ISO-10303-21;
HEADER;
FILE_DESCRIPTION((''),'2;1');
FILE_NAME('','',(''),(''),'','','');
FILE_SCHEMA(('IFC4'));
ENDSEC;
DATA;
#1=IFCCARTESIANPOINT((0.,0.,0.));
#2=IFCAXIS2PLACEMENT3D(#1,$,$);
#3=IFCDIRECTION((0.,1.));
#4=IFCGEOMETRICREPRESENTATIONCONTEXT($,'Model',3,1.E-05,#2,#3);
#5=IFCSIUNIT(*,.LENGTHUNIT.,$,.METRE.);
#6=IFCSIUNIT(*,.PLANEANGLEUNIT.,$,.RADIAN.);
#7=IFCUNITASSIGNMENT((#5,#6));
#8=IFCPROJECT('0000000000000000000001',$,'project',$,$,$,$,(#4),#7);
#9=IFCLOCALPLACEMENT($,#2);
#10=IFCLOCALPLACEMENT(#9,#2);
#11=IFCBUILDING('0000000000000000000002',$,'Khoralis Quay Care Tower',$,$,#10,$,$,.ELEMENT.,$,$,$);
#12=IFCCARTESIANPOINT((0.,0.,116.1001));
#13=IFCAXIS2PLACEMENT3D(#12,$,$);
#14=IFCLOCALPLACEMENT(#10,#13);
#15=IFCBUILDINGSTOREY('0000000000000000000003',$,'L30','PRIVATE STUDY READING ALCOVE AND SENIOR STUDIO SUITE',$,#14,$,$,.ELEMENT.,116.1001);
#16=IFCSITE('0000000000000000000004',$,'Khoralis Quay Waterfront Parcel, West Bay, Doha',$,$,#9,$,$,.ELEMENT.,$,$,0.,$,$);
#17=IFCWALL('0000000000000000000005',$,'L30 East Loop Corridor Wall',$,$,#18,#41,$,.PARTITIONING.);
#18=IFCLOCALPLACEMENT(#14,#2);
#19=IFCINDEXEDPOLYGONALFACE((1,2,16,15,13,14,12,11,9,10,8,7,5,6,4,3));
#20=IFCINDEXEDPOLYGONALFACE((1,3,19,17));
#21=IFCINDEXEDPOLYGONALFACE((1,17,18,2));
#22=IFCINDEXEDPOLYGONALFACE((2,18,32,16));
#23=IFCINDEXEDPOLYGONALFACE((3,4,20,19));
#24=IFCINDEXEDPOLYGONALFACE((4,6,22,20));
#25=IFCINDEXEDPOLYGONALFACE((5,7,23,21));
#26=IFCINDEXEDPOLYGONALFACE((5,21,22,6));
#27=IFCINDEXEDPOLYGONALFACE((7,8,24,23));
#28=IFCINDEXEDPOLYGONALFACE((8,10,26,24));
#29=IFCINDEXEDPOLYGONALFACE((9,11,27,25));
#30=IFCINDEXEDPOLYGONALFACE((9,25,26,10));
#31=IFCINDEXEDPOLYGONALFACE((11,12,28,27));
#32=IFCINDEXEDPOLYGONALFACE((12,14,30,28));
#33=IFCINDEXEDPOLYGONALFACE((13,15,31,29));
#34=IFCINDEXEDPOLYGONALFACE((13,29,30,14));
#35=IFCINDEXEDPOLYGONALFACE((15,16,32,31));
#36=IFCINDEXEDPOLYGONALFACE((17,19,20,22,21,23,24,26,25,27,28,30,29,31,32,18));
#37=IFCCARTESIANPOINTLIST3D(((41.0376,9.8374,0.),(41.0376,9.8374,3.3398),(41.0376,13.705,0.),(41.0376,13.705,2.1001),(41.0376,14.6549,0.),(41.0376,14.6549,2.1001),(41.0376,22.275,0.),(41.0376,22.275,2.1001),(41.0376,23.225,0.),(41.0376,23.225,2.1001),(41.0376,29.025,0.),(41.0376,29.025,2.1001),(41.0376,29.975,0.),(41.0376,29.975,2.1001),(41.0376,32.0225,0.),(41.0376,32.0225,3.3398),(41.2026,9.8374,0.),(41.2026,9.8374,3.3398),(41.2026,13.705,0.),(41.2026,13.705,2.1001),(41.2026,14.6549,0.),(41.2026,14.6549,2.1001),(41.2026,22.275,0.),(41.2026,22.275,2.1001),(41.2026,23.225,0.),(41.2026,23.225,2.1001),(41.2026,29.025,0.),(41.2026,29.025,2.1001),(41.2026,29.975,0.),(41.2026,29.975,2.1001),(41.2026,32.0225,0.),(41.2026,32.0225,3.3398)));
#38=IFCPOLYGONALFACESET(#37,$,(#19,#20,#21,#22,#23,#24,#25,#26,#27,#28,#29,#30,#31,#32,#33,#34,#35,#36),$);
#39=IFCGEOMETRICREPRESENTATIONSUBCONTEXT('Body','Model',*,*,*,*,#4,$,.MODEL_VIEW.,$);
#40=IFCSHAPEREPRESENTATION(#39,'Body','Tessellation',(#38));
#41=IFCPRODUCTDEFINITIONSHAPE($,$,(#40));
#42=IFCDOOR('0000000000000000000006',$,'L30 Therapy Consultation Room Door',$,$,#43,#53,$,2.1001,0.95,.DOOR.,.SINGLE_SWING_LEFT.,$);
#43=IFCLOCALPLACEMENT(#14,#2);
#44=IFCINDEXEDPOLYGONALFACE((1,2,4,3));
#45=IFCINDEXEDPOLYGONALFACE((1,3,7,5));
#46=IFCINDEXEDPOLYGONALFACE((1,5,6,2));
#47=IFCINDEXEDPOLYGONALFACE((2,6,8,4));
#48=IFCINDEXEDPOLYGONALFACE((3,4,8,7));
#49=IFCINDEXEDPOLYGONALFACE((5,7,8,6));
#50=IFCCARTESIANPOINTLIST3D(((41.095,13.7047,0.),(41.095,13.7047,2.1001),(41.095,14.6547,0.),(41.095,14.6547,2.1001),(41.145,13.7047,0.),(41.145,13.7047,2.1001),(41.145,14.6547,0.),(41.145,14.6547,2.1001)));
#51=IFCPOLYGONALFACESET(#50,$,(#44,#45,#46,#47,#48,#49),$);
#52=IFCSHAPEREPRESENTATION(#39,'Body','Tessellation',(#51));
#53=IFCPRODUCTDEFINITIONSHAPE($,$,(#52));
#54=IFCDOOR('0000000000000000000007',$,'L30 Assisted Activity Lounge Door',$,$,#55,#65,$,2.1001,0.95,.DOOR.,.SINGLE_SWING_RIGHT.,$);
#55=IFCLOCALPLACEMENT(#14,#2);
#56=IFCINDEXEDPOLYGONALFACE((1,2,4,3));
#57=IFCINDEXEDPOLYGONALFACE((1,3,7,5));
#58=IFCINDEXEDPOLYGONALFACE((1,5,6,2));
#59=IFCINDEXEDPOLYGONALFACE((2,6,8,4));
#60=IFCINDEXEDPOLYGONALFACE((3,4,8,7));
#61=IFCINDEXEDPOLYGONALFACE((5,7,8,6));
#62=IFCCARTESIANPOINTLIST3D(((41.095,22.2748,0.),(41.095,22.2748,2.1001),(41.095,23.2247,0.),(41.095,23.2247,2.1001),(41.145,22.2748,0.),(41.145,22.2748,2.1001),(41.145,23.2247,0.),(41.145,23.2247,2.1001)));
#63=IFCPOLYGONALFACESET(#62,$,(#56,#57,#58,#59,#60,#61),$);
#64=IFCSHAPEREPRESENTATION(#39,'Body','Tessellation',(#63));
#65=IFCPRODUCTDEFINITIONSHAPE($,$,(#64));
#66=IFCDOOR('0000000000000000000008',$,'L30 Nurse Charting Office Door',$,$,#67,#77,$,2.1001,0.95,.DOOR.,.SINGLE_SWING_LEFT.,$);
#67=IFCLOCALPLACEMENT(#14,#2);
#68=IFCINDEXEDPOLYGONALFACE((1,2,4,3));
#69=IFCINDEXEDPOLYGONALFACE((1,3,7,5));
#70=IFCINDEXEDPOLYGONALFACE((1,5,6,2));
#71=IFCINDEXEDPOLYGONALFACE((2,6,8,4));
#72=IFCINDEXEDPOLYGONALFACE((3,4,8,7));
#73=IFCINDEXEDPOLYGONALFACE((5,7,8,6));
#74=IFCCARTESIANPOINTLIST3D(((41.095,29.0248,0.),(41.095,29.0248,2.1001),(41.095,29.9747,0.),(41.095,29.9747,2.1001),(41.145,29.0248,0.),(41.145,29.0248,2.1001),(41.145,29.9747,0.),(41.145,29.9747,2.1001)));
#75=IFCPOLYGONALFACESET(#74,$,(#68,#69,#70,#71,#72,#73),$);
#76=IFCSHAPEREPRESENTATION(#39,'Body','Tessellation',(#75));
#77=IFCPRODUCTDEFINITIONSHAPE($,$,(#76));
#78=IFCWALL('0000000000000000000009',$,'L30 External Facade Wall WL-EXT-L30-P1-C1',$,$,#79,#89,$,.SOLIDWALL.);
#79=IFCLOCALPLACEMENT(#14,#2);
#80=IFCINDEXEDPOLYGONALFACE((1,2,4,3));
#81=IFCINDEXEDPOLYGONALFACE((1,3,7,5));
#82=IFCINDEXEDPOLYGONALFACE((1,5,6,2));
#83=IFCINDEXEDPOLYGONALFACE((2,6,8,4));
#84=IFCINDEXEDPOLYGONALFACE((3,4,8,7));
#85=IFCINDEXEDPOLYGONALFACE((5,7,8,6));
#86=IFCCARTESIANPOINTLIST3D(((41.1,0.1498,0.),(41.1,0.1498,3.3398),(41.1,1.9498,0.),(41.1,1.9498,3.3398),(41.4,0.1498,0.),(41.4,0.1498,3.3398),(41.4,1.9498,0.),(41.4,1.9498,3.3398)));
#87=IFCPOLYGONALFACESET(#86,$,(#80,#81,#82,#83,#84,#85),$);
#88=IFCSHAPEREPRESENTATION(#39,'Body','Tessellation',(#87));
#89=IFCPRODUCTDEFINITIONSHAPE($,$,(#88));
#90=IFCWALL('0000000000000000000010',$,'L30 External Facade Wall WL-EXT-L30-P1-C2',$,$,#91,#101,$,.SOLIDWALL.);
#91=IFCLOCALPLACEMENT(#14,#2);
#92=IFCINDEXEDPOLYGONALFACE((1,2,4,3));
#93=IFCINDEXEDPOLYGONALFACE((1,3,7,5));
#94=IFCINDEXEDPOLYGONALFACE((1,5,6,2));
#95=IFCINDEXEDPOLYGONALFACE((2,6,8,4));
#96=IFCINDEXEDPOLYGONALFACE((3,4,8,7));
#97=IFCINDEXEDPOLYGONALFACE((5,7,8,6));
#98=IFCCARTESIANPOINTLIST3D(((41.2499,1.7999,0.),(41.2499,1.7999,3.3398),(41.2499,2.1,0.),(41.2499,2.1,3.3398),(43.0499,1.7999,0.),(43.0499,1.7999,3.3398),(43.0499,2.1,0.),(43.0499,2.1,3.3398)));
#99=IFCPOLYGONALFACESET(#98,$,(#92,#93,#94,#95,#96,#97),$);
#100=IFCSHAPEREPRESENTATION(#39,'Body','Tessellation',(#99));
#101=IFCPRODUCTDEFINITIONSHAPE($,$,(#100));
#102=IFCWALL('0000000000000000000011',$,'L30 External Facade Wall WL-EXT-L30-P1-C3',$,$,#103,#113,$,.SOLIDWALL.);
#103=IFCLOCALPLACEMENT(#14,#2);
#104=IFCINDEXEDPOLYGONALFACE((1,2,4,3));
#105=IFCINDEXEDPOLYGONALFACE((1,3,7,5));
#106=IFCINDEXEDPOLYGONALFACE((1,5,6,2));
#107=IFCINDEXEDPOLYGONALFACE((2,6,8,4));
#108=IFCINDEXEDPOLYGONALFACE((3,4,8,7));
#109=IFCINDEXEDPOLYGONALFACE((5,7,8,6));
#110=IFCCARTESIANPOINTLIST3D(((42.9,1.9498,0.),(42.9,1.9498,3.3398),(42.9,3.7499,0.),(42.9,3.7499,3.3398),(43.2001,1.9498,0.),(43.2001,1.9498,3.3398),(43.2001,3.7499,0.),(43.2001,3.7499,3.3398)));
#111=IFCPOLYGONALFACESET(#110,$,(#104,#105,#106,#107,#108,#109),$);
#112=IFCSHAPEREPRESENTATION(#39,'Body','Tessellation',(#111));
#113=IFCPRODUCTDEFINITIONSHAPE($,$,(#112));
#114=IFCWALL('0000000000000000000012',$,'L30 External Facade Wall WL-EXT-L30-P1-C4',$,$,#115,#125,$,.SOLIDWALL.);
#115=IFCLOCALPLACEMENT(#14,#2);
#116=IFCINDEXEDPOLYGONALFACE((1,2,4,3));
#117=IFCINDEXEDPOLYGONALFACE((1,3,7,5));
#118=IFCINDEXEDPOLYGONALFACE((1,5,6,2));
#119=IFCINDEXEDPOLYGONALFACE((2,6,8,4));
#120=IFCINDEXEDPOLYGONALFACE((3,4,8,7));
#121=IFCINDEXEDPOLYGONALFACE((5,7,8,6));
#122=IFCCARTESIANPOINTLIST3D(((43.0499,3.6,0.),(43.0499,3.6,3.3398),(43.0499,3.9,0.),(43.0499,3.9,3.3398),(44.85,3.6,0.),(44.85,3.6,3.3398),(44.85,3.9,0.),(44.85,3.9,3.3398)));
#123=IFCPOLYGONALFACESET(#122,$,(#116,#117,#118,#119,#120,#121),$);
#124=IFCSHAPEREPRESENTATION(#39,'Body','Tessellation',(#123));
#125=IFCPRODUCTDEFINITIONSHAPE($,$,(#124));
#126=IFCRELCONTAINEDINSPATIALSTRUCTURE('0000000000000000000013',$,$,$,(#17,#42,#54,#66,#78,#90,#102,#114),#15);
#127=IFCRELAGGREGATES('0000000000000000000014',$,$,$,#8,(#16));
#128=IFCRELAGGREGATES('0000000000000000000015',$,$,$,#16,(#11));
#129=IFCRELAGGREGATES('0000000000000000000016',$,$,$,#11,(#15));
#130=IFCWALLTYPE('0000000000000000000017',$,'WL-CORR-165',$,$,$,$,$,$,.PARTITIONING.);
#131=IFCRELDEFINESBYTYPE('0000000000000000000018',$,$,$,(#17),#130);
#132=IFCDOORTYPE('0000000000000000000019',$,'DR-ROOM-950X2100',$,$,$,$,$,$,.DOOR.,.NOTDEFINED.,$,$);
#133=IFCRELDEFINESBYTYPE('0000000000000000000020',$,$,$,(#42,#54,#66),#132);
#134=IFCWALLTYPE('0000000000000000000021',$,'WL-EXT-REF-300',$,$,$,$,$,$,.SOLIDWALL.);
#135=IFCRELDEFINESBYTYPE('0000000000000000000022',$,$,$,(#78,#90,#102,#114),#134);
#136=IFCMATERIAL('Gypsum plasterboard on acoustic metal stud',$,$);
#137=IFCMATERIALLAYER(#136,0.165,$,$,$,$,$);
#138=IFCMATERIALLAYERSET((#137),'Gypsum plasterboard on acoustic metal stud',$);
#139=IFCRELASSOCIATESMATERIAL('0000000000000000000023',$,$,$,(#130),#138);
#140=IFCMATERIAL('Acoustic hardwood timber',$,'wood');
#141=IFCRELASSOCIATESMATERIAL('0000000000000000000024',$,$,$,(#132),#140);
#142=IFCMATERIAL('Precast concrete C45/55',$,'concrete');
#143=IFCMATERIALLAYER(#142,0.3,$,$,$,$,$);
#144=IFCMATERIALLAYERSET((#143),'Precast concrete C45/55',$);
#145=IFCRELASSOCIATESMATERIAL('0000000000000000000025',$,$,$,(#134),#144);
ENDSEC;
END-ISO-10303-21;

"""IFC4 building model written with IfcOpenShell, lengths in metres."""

from ifc_helpers import new_model, si_unit, direction, frame, frame_2d, origin, place, context, subcontext, project, spatial, rectangle, extrude, source, transform, mapped, material, layer, layer_set, type_object, element, fill, save


model = new_model("IFC4")

# Units and contexts
model_context = context("Model", 3, precision=1e-05, world=origin(), true_north=direction((0.0, 1.0)))
body_context = subcontext(model_context, "Body", "Model", "MODEL_VIEW")
ifc_project = project(units=[si_unit("LENGTHUNIT", "METRE"), si_unit("PLANEANGLEUNIT", "RADIAN")], contexts=[model_context])

# Site, building, storey
site_placement = place(None, origin())
site = spatial("IfcSite", under=ifc_project, at=site_placement, Name="Khoralis Quay Waterfront Parcel, West Bay, Doha", CompositionType="ELEMENT", RefElevation=0.0)
building_placement = place(site_placement, origin())
building = spatial("IfcBuilding", under=site, at=building_placement, Name="Khoralis Quay Care Tower", CompositionType="ELEMENT")
storey_placement = place(building_placement, frame((0.0, 0.0, 116.1001)))
storey = spatial("IfcBuildingStorey", under=building, at=storey_placement, Name="L30", Description="PRIVATE STUDY READING ALCOVE AND SENIOR STUDIO SUITE", CompositionType="ELEMENT", Elevation=116.1001)

# Shared definitions
ifc_material_1 = material(Name="Gypsum plasterboard on acoustic metal stud")

# Wall, openings, doors
ifc_layer_1 = layer(ifc_material_1, 0.165)
ifc_layer_set_1 = layer_set([ifc_layer_1], Name="Gypsum plasterboard on acoustic metal stud")
wall_type_1 = type_object("IfcWallType", Name="WL-CORR-165", PredefinedType="PARTITIONING", material=ifc_layer_set_1)
wall_1_placement = place(storey_placement, frame((41.1201, 9.8374, 0.0), z_axis=(0.0, 0.0, 1.0), x_axis=(0.0, 1.0, 0.0)))
wall_1 = element("IfcWall", 1, at=wall_1_placement, inside=storey, type_object=wall_type_1, Name="L30 East Loop Corridor Wall", PredefinedType="PARTITIONING", context=body_context, shape_type="SweptSolid", body=[
    extrude(rectangle(XDim=22.1851, YDim=0.165, at=frame_2d((11.0925, 0.0))), origin(), (0.0, 0.0, 1.0), 3.3398),
])
opening_1_placement = place(wall_1_placement, frame((3.8674, 0.0, 0.0)))
opening_1 = element("IfcOpeningElement", 2, at=opening_1_placement, cuts=wall_1, PredefinedType="OPENING", context=body_context, shape_type="SweptSolid", body=[
    extrude(rectangle(XDim=0.95, YDim=2.1001, at=frame_2d((0.4751, 1.05))), frame((0.0, 0.0925, 0.0), z_axis=(0.0, -1.0, 0.0), x_axis=(1.0, 0.0, 0.0)), (0.0, 0.0, 1.0), 0.1851),
])
opening_2_placement = place(wall_1_placement, frame((12.4375, 0.0, 0.0)))
opening_2 = element("IfcOpeningElement", 3, at=opening_2_placement, cuts=wall_1, PredefinedType="OPENING", context=body_context, shape_type="SweptSolid", body=[
    extrude(rectangle(XDim=0.95, YDim=2.1001, at=frame_2d((0.4751, 1.05))), frame((0.0, 0.0925, 0.0), z_axis=(0.0, -1.0, 0.0), x_axis=(1.0, 0.0, 0.0)), (0.0, 0.0, 1.0), 0.1851),
])
opening_3_placement = place(wall_1_placement, frame((19.1875, 0.0, 0.0)))
opening_3 = element("IfcOpeningElement", 4, at=opening_3_placement, cuts=wall_1, PredefinedType="OPENING", context=body_context, shape_type="SweptSolid", body=[
    extrude(rectangle(XDim=0.95, YDim=2.1001, at=frame_2d((0.4751, 1.05))), frame((0.0, 0.0925, 0.0), z_axis=(0.0, -1.0, 0.0), x_axis=(1.0, 0.0, 0.0)), (0.0, 0.0, 1.0), 0.1851),
])
ifc_material_2 = material(Name="Acoustic hardwood timber", Category="wood")
door_type_1 = type_object("IfcDoorType", Name="DR-ROOM-950X2100", OperationType="NOTDEFINED", PredefinedType="DOOR", material=ifc_material_2)
shared_shape_1 = source(origin(), body_context, "Body", "SweptSolid", [
    extrude(rectangle(XDim=0.95, YDim=2.1001, at=frame_2d((0.4751, 1.05))), frame((0.0, 0.0249, 0.0), z_axis=(0.0, -1.0, 0.0), x_axis=(1.0, 0.0, 0.0)), (0.0, 0.0, 1.0), 0.05),
])
door_1_placement = place(opening_1_placement, frame((0.95, 0.0, 0.0), z_axis=(0.0, 0.0, 1.0), x_axis=(-1.0, 0.0, 0.0)))
door_1 = element("IfcDoor", 5, at=door_1_placement, inside=storey, type_object=door_type_1, Name="L30 Therapy Consultation Room Door", OperationType="SINGLE_SWING_LEFT", OverallHeight=2.1001, OverallWidth=0.95, PredefinedType="DOOR", context=body_context, shape_type="MappedRepresentation", body=[
    mapped(shared_shape_1, transform((0.0, 0.0, 0.0), scale=1.0)),
])
fill(opening_1, door_1)
door_2_placement = place(opening_2_placement, frame((0.95, 0.0, 0.0), z_axis=(0.0, 0.0, 1.0), x_axis=(-1.0, 0.0, 0.0)))
door_2 = element("IfcDoor", 6, at=door_2_placement, inside=storey, type_object=door_type_1, Name="L30 Assisted Activity Lounge Door", OperationType="SINGLE_SWING_RIGHT", OverallHeight=2.1001, OverallWidth=0.95, PredefinedType="DOOR", context=body_context, shape_type="MappedRepresentation", body=[
    mapped(shared_shape_1, transform((0.0, 0.0, 0.0), scale=1.0)),
])
fill(opening_2, door_2)
door_3_placement = place(opening_3_placement, frame((0.95, 0.0, 0.0), z_axis=(0.0, 0.0, 1.0), x_axis=(-1.0, 0.0, 0.0)))
door_3 = element("IfcDoor", 7, at=door_3_placement, inside=storey, type_object=door_type_1, Name="L30 Nurse Charting Office Door", OperationType="SINGLE_SWING_LEFT", OverallHeight=2.1001, OverallWidth=0.95, PredefinedType="DOOR", context=body_context, shape_type="MappedRepresentation", body=[
    mapped(shared_shape_1, transform((0.0, 0.0, 0.0), scale=1.0)),
])
fill(opening_3, door_3)

# Walls
ifc_material_3 = material(Name="Precast concrete C45/55", Category="concrete")
ifc_layer_2 = layer(ifc_material_3, 0.3)
ifc_layer_set_2 = layer_set([ifc_layer_2], Name="Precast concrete C45/55")
wall_type_2 = type_object("IfcWallType", Name="WL-EXT-REF-300", PredefinedType="SOLIDWALL", material=ifc_layer_set_2)
for number, where, z_axis, x_axis, name in (
    (8, (41.25, 0.1499, 0.0), (0.0, 0.0, 1.0), (0.0, 1.0, 0.0), "L30 External Facade Wall WL-EXT-L30-P1-C1"),
    (9, (41.25, 1.95, 0.0), (0.0, 0.0, 1.0), (1.0, 0.0, 0.0), "L30 External Facade Wall WL-EXT-L30-P1-C2"),
    (10, (43.05, 1.95, 0.0), (0.0, 0.0, 1.0), (0.0, 1.0, 0.0), "L30 External Facade Wall WL-EXT-L30-P1-C3"),
    (11, (43.05, 3.75, 0.0), (0.0, 0.0, 1.0), (1.0, 0.0, 0.0), "L30 External Facade Wall WL-EXT-L30-P1-C4"),
):
    element("IfcWall", number, at=place(storey_placement, frame(where, z_axis=z_axis, x_axis=x_axis)), inside=storey, type_object=wall_type_2, Name=name, PredefinedType="SOLIDWALL", context=body_context, shape_type="SweptSolid", body=[
        extrude(rectangle(XDim=1.8, YDim=0.3, at=frame_2d((0.8999, 0.0))), origin(), (0.0, 0.0, 1.0), 3.3398),
    ])

save(model, "model.ifc")
